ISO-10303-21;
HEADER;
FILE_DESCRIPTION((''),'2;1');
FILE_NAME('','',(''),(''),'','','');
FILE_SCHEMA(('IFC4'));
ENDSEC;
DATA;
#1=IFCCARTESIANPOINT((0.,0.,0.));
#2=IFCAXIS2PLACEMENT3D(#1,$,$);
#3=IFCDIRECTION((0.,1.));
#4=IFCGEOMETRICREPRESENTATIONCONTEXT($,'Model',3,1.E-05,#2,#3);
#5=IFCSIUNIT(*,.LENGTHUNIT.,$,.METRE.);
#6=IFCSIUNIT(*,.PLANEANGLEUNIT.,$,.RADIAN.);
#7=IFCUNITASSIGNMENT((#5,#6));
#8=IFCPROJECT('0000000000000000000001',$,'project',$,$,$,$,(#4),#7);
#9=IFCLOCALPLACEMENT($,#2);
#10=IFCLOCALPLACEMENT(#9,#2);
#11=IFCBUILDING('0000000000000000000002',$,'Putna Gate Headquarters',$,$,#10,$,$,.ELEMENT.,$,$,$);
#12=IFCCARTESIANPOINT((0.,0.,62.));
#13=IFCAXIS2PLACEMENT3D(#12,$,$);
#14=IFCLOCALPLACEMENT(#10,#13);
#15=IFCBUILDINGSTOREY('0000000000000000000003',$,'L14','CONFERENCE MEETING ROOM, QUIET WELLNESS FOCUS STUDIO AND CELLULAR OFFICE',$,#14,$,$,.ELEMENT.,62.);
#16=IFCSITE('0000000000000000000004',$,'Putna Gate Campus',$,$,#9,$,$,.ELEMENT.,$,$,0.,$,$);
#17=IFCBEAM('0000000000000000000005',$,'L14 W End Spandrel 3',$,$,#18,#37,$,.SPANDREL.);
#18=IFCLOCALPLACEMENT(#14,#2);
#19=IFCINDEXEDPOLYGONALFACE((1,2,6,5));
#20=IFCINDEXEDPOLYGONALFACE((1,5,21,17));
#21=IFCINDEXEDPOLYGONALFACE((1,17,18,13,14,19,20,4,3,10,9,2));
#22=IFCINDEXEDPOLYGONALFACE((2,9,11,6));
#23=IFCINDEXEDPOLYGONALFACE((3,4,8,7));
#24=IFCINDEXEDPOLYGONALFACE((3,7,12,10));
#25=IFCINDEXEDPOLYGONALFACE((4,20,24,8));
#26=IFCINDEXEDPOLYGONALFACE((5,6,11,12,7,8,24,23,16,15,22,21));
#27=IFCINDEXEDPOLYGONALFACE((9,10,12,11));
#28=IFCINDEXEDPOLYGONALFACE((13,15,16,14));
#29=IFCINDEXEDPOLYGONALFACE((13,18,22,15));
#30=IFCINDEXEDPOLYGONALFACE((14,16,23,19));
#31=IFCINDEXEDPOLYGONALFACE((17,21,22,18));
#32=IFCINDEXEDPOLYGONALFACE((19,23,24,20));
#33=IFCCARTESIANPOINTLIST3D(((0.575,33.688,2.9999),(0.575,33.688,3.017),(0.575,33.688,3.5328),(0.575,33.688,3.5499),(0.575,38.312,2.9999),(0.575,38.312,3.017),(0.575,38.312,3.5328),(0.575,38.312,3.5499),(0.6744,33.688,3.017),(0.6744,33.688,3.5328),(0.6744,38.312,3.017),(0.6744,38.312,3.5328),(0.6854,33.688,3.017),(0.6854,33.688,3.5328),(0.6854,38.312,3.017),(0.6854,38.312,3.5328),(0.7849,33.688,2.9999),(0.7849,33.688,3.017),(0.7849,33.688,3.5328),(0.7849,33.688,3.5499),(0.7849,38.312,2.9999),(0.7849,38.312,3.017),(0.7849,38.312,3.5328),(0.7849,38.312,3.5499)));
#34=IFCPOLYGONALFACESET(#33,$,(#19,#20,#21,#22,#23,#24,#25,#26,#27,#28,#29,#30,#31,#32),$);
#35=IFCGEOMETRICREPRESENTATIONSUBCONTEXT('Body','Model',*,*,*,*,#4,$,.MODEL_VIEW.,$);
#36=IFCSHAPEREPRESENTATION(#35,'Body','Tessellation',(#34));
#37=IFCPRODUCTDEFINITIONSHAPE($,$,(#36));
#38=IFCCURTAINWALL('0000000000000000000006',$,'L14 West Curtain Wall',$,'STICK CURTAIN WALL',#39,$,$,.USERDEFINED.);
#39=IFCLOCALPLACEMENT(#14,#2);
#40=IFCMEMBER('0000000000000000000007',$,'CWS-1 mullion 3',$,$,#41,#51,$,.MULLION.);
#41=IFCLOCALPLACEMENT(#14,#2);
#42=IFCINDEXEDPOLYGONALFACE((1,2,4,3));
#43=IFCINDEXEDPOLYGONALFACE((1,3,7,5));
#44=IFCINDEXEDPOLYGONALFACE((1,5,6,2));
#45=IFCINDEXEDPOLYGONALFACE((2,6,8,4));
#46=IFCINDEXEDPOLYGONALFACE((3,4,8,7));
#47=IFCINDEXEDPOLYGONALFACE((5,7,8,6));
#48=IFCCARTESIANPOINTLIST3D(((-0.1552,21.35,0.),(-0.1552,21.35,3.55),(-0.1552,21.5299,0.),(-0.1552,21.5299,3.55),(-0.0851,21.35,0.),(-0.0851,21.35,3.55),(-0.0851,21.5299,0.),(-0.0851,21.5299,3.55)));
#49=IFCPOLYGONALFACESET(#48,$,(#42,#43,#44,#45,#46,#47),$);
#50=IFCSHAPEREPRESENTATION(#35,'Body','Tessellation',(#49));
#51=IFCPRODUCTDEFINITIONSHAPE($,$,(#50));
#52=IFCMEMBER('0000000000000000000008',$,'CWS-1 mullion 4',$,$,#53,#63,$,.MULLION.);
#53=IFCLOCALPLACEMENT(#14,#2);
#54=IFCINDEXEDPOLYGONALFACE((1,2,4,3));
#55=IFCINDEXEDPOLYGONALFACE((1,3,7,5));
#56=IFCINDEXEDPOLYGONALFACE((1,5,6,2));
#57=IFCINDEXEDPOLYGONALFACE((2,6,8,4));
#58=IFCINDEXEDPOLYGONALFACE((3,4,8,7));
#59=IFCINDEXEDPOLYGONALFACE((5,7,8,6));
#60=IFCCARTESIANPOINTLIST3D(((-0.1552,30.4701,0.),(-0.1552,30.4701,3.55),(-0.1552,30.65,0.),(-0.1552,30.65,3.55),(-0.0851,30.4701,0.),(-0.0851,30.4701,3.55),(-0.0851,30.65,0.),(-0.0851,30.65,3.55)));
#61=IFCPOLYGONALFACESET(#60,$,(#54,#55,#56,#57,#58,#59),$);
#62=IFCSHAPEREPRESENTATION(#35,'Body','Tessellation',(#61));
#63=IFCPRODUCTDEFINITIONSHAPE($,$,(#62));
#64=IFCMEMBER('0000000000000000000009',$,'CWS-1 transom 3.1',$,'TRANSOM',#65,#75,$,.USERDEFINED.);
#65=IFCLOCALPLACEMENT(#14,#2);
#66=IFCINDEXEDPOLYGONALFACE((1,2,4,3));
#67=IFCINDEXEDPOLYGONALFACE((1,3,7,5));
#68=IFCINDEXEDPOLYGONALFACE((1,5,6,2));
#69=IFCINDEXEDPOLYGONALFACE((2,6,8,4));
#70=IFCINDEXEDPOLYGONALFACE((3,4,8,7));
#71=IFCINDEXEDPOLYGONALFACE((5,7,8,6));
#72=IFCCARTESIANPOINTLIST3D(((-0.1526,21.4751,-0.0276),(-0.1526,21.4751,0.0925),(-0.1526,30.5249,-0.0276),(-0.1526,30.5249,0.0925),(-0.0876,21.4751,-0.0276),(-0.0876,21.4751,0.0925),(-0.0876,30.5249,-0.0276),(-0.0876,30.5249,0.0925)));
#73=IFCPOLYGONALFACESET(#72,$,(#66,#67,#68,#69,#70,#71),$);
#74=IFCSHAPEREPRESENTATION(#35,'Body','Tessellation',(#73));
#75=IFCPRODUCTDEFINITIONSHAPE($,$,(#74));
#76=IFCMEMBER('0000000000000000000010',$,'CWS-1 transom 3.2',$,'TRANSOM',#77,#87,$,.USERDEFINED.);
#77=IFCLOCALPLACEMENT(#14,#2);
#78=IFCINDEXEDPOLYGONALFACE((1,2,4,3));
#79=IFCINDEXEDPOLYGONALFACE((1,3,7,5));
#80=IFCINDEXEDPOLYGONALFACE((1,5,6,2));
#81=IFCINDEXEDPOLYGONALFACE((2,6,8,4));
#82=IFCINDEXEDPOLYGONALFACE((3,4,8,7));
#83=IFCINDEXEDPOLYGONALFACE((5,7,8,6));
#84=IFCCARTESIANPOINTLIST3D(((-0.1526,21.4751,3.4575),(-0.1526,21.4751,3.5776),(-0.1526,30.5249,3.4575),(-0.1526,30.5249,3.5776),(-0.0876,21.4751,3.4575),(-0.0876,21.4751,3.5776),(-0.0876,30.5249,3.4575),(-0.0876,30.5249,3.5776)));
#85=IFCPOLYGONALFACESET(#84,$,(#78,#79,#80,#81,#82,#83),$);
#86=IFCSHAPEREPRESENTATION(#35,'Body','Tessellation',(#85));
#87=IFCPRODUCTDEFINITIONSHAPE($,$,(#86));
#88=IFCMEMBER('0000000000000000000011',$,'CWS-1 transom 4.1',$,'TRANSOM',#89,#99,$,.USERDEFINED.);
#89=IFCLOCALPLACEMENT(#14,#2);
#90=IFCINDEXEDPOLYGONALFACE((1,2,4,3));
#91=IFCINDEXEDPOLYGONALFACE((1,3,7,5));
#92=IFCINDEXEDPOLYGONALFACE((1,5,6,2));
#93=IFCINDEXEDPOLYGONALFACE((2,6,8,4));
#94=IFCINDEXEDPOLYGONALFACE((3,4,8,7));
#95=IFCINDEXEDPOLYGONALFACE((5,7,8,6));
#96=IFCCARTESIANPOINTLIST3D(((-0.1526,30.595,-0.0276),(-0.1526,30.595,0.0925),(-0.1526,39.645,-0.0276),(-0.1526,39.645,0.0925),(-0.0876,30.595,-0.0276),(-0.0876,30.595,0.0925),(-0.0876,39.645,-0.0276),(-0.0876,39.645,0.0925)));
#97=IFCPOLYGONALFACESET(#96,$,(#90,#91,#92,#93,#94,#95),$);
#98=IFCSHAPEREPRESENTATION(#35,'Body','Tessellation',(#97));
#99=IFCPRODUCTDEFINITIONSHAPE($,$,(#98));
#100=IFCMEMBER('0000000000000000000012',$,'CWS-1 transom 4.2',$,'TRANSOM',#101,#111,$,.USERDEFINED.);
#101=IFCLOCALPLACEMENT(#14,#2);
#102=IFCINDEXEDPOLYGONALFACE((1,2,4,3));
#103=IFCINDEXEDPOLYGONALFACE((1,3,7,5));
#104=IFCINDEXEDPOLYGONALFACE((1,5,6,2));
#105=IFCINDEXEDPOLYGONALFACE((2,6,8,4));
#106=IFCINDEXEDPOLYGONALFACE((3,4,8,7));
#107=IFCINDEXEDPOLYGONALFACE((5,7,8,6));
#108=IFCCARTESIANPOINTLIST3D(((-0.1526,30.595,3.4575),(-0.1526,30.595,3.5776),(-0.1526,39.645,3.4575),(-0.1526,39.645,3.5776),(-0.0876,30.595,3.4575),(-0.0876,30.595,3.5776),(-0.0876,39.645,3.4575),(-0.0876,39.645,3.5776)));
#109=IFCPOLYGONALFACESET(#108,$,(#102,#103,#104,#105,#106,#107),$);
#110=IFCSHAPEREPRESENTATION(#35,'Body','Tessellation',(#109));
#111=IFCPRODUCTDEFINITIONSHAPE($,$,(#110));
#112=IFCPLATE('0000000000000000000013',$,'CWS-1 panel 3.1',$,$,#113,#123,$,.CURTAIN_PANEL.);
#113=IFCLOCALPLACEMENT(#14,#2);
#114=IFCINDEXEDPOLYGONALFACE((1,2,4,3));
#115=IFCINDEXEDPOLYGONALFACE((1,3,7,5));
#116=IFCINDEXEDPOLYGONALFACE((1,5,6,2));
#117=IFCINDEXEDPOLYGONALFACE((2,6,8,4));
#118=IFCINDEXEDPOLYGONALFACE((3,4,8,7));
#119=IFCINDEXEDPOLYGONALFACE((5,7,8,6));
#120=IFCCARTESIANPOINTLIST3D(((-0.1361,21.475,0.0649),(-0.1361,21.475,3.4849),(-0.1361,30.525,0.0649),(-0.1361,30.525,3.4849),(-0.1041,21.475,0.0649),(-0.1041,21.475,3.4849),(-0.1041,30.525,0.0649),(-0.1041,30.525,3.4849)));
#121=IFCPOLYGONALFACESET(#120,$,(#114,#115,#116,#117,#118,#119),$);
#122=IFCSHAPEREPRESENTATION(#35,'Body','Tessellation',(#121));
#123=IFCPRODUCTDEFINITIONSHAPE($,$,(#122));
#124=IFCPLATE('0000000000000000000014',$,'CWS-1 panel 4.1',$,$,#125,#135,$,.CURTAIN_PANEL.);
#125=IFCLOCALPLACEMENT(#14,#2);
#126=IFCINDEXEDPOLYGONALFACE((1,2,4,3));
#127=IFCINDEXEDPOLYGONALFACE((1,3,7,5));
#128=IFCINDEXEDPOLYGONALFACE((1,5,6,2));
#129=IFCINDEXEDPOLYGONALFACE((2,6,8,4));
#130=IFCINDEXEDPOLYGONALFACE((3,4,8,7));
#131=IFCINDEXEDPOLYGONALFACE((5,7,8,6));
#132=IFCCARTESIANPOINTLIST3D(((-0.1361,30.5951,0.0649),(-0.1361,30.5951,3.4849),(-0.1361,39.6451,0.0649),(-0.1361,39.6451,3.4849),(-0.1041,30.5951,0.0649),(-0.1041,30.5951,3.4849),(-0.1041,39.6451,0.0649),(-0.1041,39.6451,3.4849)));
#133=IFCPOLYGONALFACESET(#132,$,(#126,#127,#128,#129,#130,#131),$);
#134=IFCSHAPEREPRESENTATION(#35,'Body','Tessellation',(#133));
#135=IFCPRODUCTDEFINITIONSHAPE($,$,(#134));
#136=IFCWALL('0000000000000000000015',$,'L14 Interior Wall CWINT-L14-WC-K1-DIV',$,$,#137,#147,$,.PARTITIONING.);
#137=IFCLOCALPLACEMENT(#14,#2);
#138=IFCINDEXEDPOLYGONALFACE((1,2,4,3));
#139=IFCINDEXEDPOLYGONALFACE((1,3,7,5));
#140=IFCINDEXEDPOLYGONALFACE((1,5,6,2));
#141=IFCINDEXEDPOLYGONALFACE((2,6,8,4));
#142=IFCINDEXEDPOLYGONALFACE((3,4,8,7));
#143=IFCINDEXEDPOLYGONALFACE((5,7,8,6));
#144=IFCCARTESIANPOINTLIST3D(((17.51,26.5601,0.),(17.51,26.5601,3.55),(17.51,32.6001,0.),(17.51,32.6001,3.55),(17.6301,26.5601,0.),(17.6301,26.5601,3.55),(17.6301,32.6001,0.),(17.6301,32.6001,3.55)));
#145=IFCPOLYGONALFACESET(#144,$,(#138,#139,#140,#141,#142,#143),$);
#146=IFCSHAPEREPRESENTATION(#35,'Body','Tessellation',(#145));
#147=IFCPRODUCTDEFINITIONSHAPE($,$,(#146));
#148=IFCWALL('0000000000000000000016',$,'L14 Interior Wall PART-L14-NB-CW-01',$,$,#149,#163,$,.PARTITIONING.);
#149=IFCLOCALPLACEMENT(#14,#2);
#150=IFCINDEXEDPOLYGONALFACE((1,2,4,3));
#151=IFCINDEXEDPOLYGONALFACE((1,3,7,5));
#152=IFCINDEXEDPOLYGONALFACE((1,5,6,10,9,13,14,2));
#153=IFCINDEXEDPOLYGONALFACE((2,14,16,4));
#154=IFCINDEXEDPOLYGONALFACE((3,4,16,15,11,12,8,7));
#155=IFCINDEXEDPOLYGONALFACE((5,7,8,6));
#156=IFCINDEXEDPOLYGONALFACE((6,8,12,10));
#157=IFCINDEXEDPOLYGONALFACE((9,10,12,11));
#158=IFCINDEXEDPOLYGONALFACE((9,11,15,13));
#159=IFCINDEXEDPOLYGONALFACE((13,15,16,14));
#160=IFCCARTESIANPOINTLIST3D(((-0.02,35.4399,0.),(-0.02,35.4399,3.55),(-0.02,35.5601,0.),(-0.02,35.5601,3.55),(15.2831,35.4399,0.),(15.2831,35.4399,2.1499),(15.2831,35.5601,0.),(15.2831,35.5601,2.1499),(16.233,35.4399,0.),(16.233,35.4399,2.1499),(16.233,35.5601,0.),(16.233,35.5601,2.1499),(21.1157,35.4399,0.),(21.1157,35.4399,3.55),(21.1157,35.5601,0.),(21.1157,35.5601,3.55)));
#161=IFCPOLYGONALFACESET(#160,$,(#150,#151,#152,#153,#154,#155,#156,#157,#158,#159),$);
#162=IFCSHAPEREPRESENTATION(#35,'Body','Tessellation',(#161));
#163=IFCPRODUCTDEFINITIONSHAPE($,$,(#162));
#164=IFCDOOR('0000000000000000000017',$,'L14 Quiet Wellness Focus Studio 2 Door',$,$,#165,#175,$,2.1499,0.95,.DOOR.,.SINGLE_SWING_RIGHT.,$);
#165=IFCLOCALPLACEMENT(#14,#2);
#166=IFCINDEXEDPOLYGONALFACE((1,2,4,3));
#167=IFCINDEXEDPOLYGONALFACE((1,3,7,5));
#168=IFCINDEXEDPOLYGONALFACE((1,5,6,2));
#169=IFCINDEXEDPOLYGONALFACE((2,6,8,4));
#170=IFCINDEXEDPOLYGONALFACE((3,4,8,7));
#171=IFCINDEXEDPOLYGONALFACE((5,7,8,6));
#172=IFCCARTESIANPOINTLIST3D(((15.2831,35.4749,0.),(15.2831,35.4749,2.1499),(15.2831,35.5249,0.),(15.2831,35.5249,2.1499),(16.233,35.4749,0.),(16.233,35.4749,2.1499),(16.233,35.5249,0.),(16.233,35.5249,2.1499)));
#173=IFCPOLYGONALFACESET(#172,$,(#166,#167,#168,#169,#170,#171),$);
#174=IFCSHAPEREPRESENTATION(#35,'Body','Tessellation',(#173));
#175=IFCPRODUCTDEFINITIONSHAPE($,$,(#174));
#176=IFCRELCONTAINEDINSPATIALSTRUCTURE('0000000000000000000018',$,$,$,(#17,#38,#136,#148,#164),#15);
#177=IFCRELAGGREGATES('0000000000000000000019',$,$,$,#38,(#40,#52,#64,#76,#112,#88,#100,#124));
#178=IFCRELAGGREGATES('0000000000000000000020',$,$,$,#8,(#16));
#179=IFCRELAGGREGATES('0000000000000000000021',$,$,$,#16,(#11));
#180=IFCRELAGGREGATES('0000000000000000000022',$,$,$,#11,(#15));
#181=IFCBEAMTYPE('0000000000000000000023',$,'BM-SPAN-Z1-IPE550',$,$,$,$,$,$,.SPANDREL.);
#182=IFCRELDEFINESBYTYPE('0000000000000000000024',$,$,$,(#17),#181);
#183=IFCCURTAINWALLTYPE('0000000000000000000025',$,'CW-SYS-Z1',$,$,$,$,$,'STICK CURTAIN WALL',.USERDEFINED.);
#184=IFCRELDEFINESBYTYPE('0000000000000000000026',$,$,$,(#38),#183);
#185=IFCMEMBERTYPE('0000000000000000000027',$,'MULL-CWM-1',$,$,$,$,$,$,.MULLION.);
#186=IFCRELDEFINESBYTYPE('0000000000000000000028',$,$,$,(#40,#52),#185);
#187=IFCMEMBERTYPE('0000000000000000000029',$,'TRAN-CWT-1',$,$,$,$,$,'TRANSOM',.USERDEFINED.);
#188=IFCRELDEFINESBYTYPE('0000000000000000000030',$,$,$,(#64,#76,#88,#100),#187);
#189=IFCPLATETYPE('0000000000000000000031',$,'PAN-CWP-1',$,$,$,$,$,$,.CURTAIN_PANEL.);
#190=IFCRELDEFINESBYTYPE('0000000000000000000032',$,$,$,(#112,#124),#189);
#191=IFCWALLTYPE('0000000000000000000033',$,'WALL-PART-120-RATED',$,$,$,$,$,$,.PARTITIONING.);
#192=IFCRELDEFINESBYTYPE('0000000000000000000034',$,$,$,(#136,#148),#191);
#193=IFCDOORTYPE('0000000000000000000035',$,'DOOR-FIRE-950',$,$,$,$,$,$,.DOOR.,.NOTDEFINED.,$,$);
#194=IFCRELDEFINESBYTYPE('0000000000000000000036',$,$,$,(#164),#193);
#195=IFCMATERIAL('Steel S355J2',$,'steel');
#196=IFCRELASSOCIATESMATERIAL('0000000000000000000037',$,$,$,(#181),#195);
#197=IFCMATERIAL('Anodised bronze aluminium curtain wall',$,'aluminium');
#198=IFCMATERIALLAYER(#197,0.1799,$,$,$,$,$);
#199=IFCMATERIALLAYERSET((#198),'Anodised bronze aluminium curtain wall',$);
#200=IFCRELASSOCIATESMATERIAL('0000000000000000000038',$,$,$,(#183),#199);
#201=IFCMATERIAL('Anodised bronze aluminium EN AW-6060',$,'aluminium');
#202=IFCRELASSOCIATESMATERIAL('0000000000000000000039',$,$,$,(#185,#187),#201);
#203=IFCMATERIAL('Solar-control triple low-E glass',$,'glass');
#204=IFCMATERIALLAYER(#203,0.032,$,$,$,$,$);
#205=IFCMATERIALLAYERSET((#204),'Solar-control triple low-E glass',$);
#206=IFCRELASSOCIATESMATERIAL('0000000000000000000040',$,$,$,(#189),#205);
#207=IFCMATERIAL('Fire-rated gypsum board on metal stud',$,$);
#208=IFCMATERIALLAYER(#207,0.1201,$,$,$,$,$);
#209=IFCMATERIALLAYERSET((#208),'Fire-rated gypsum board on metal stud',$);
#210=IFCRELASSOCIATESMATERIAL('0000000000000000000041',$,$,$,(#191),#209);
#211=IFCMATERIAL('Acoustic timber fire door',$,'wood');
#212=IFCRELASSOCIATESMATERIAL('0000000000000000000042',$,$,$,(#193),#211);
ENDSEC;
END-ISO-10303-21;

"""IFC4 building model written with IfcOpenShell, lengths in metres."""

from ifc_helpers import new_model, si_unit, direction, frame, frame_2d, origin, origin_2d, place, context, subcontext, project, spatial, rectangle, i_section, extrude, material, layer, layer_set, material_profile, profile_set, type_object, element, fill, aggregate, save


model = new_model("IFC4")

# Units and contexts
model_context = context("Model", 3, precision=1e-05, world=origin(), true_north=direction((0.0, 1.0)))
body_context = subcontext(model_context, "Body", "Model", "MODEL_VIEW")
ifc_project = project(units=[si_unit("LENGTHUNIT", "METRE"), si_unit("PLANEANGLEUNIT", "RADIAN")], contexts=[model_context])

# Site, building, storey
site_placement = place(None, origin())
site = spatial("IfcSite", under=ifc_project, at=site_placement, Name="Putna Gate Campus", CompositionType="ELEMENT", RefElevation=0.0)
building_placement = place(site_placement, origin())
building = spatial("IfcBuilding", under=site, at=building_placement, Name="Putna Gate Headquarters", CompositionType="ELEMENT")
storey_placement = place(building_placement, frame((0.0, 0.0, 62.0)))
storey = spatial("IfcBuildingStorey", under=building, at=storey_placement, Name="L14", Description="CONFERENCE MEETING ROOM, QUIET WELLNESS FOCUS STUDIO AND CELLULAR OFFICE", CompositionType="ELEMENT", Elevation=62.0)

# Beam
ifc_material_1 = material(Name="Steel S355J2", Category="steel")
ifc_material_profile_1 = material_profile(ifc_material_1, i_section(OverallWidth=0.21, OverallDepth=0.55, WebThickness=0.011, FlangeThickness=0.0171, at=origin_2d()), Name="Steel S355J2")
ifc_profile_set_1 = profile_set([ifc_material_profile_1], Name="Steel S355J2")
beam_type_1 = type_object("IfcBeamType", Name="BM-SPAN-Z1-IPE550", PredefinedType="SPANDREL", material=ifc_profile_set_1)
beam_1_placement = place(storey_placement, frame((0.6799, 33.688, 3.2749), z_axis=(0.0, 1.0, 0.0), x_axis=(-1.0, 0.0, 0.0)))
element("IfcBeam", 1, at=beam_1_placement, inside=storey, type_object=beam_type_1, Name="L14 W End Spandrel 3", PredefinedType="SPANDREL", context=body_context, shape_type="SweptSolid", body=[
    extrude(i_section(OverallWidth=0.21, OverallDepth=0.55, WebThickness=0.011, FlangeThickness=0.0171, at=origin_2d()), origin(), (0.0, 0.0, 1.0), 4.624),
])

# Curtain wall, members, plates
ifc_material_2 = material(Name="Anodised bronze aluminium curtain wall", Category="aluminium")
ifc_layer_1 = layer(ifc_material_2, 0.1799)
ifc_layer_set_1 = layer_set([ifc_layer_1], Name="Anodised bronze aluminium curtain wall")
curtain_wall_type = type_object("IfcCurtainWallType", Name="CW-SYS-Z1", ElementType="STICK CURTAIN WALL", PredefinedType="USERDEFINED", material=ifc_layer_set_1)
curtain_wall_placement = place(storey_placement, origin())
curtain_wall = element("IfcCurtainWall", 2, at=curtain_wall_placement, inside=storey, type_object=curtain_wall_type, Name="L14 West Curtain Wall", ObjectType="STICK CURTAIN WALL", PredefinedType="USERDEFINED")
ifc_material_3 = material(Name="Anodised bronze aluminium EN AW-6060", Category="aluminium")
ifc_material_profile_2 = material_profile(ifc_material_3, rectangle(XDim=0.0701, YDim=0.1799, at=origin_2d()), Name="Anodised bronze aluminium EN AW-6060")
ifc_profile_set_2 = profile_set([ifc_material_profile_2], Name="Anodised bronze aluminium EN AW-6060")
member_type_1 = type_object("IfcMemberType", Name="MULL-CWM-1", PredefinedType="MULLION", material=ifc_profile_set_2)
member_1_placement = place(storey_placement, frame((-0.1201, 21.4399, 0.0), z_axis=(0.0, 0.0, 1.0), x_axis=(-1.0, 0.0, 0.0)))
member_1 = element("IfcMember", 3, at=member_1_placement, type_object=member_type_1, Name="CWS-1 mullion 3", PredefinedType="MULLION", context=body_context, shape_type="SweptSolid", body=[
    extrude(rectangle(XDim=0.0701, YDim=0.1799, at=origin_2d()), origin(), (0.0, 0.0, 1.0), 3.55),
])
member_2_placement = place(storey_placement, frame((-0.1201, 30.5601, 0.0), z_axis=(0.0, 0.0, 1.0), x_axis=(-1.0, 0.0, 0.0)))
member_2 = element("IfcMember", 4, at=member_2_placement, type_object=member_type_1, Name="CWS-1 mullion 4", PredefinedType="MULLION", context=body_context, shape_type="SweptSolid", body=[
    extrude(rectangle(XDim=0.0701, YDim=0.1799, at=origin_2d()), origin(), (0.0, 0.0, 1.0), 3.55),
])
ifc_material_profile_3 = material_profile(ifc_material_3, rectangle(XDim=0.0649, YDim=0.1201, at=origin_2d()), Name="Anodised bronze aluminium EN AW-6060")
ifc_profile_set_3 = profile_set([ifc_material_profile_3], Name="Anodised bronze aluminium EN AW-6060")
member_type_2 = type_object("IfcMemberType", Name="TRAN-CWT-1", ElementType="TRANSOM", PredefinedType="USERDEFINED", material=ifc_profile_set_3)
member_3_placement = place(storey_placement, frame((-0.1201, 21.4751, 0.0325), z_axis=(0.0, 1.0, 0.0), x_axis=(-1.0, 0.0, 0.0)))
member_3 = element("IfcMember", 5, at=member_3_placement, type_object=member_type_2, Name="CWS-1 transom 3.1", ObjectType="TRANSOM", PredefinedType="USERDEFINED", context=body_context, shape_type="SweptSolid", body=[
    extrude(rectangle(XDim=0.0649, YDim=0.1201, at=origin_2d()), origin(), (0.0, 0.0, 1.0), 9.0498),
])
member_4_placement = place(storey_placement, frame((-0.1201, 21.4751, 3.5176), z_axis=(0.0, 1.0, 0.0), x_axis=(-1.0, 0.0, 0.0)))
member_4 = element("IfcMember", 6, at=member_4_placement, type_object=member_type_2, Name="CWS-1 transom 3.2", ObjectType="TRANSOM", PredefinedType="USERDEFINED", context=body_context, shape_type="SweptSolid", body=[
    extrude(rectangle(XDim=0.0649, YDim=0.1201, at=origin_2d()), origin(), (0.0, 0.0, 1.0), 9.0498),
])
member_5_placement = place(storey_placement, frame((-0.1201, 30.595, 0.0325), z_axis=(0.0, 1.0, 0.0), x_axis=(-1.0, 0.0, 0.0)))
member_5 = element("IfcMember", 7, at=member_5_placement, type_object=member_type_2, Name="CWS-1 transom 4.1", ObjectType="TRANSOM", PredefinedType="USERDEFINED", context=body_context, shape_type="SweptSolid", body=[
    extrude(rectangle(XDim=0.0649, YDim=0.1201, at=origin_2d()), origin(), (0.0, 0.0, 1.0), 9.05),
])
member_6_placement = place(storey_placement, frame((-0.1201, 30.595, 3.5176), z_axis=(0.0, 1.0, 0.0), x_axis=(-1.0, 0.0, 0.0)))
member_6 = element("IfcMember", 8, at=member_6_placement, type_object=member_type_2, Name="CWS-1 transom 4.2", ObjectType="TRANSOM", PredefinedType="USERDEFINED", context=body_context, shape_type="SweptSolid", body=[
    extrude(rectangle(XDim=0.0649, YDim=0.1201, at=origin_2d()), origin(), (0.0, 0.0, 1.0), 9.05),
])
ifc_material_4 = material(Name="Solar-control triple low-E glass", Category="glass")
ifc_layer_2 = layer(ifc_material_4, 0.032)
ifc_layer_set_2 = layer_set([ifc_layer_2], Name="Solar-control triple low-E glass")
plate_type = type_object("IfcPlateType", Name="PAN-CWP-1", PredefinedType="CURTAIN_PANEL", material=ifc_layer_set_2)
plate_1_placement = place(storey_placement, frame((-0.1201, 26.0, 0.0649), z_axis=(0.0, 0.0, 1.0), x_axis=(0.0, 1.0, 0.0)))
plate_1 = element("IfcPlate", 9, at=plate_1_placement, type_object=plate_type, Name="CWS-1 panel 3.1", PredefinedType="CURTAIN_PANEL", context=body_context, shape_type="SweptSolid", body=[
    extrude(rectangle(XDim=9.05, YDim=0.032, at=origin_2d()), origin(), (0.0, 0.0, 1.0), 3.4199),
])
plate_2_placement = place(storey_placement, frame((-0.1201, 35.1201, 0.0649), z_axis=(0.0, 0.0, 1.0), x_axis=(0.0, 1.0, 0.0)))
plate_2 = element("IfcPlate", 10, at=plate_2_placement, type_object=plate_type, Name="CWS-1 panel 4.1", PredefinedType="CURTAIN_PANEL", context=body_context, shape_type="SweptSolid", body=[
    extrude(rectangle(XDim=9.05, YDim=0.032, at=origin_2d()), origin(), (0.0, 0.0, 1.0), 3.4199),
])
aggregate(curtain_wall, [member_1, member_2, member_3, member_4, plate_1, member_5, member_6, plate_2])

# Wall
ifc_material_5 = material(Name="Fire-rated gypsum board on metal stud")
ifc_layer_3 = layer(ifc_material_5, 0.1201)
ifc_layer_set_3 = layer_set([ifc_layer_3], Name="Fire-rated gypsum board on metal stud")
wall_type_1 = type_object("IfcWallType", Name="WALL-PART-120-RATED", PredefinedType="PARTITIONING", material=ifc_layer_set_3)
wall_1_placement = place(storey_placement, frame((17.5701, 26.5601, 0.0), z_axis=(0.0, 0.0, 1.0), x_axis=(0.0, 1.0, 0.0)))
element("IfcWall", 11, at=wall_1_placement, inside=storey, type_object=wall_type_1, Name="L14 Interior Wall CWINT-L14-WC-K1-DIV", PredefinedType="PARTITIONING", context=body_context, shape_type="SweptSolid", body=[
    extrude(rectangle(XDim=6.04, YDim=0.1201, at=frame_2d((3.02, 0.0))), origin(), (0.0, 0.0, 1.0), 3.55),
])

# Wall, opening, door
wall_2_placement = place(storey_placement, frame((-0.02, 35.5, 0.0), z_axis=(0.0, 0.0, 1.0), x_axis=(1.0, 0.0, 0.0)))
wall_2 = element("IfcWall", 12, at=wall_2_placement, inside=storey, type_object=wall_type_1, Name="L14 Interior Wall PART-L14-NB-CW-01", PredefinedType="PARTITIONING", context=body_context, shape_type="SweptSolid", body=[
    extrude(rectangle(XDim=21.1357, YDim=0.1201, at=frame_2d((10.5679, 0.0))), origin(), (0.0, 0.0, 1.0), 3.55),
])
opening_1_placement = place(wall_2_placement, frame((15.303, 0.0, 0.0)))
opening_1 = element("IfcOpeningElement", 13, at=opening_1_placement, cuts=wall_2, PredefinedType="OPENING", context=body_context, shape_type="SweptSolid", body=[
    extrude(rectangle(XDim=0.95, YDim=2.1499, at=frame_2d((0.4751, 1.075))), frame((0.0, 0.0701, 0.0), z_axis=(0.0, -1.0, 0.0), x_axis=(1.0, 0.0, 0.0)), (0.0, 0.0, 1.0), 0.1401),
])
ifc_material_6 = material(Name="Acoustic timber fire door", Category="wood")
door_type_1 = type_object("IfcDoorType", Name="DOOR-FIRE-950", OperationType="NOTDEFINED", PredefinedType="DOOR", material=ifc_material_6)
door_1_placement = place(opening_1_placement, origin())
door_1 = element("IfcDoor", 14, at=door_1_placement, inside=storey, type_object=door_type_1, Name="L14 Quiet Wellness Focus Studio 2 Door", OperationType="SINGLE_SWING_RIGHT", OverallHeight=2.1499, OverallWidth=0.95, PredefinedType="DOOR", context=body_context, shape_type="SweptSolid", body=[
    extrude(rectangle(XDim=0.95, YDim=2.1499, at=frame_2d((0.4751, 1.075))), frame((0.0, 0.0249, 0.0), z_axis=(0.0, -1.0, 0.0), x_axis=(1.0, 0.0, 0.0)), (0.0, 0.0, 1.0), 0.05),
])
fill(opening_1, door_1)

save(model, "model.ifc")
